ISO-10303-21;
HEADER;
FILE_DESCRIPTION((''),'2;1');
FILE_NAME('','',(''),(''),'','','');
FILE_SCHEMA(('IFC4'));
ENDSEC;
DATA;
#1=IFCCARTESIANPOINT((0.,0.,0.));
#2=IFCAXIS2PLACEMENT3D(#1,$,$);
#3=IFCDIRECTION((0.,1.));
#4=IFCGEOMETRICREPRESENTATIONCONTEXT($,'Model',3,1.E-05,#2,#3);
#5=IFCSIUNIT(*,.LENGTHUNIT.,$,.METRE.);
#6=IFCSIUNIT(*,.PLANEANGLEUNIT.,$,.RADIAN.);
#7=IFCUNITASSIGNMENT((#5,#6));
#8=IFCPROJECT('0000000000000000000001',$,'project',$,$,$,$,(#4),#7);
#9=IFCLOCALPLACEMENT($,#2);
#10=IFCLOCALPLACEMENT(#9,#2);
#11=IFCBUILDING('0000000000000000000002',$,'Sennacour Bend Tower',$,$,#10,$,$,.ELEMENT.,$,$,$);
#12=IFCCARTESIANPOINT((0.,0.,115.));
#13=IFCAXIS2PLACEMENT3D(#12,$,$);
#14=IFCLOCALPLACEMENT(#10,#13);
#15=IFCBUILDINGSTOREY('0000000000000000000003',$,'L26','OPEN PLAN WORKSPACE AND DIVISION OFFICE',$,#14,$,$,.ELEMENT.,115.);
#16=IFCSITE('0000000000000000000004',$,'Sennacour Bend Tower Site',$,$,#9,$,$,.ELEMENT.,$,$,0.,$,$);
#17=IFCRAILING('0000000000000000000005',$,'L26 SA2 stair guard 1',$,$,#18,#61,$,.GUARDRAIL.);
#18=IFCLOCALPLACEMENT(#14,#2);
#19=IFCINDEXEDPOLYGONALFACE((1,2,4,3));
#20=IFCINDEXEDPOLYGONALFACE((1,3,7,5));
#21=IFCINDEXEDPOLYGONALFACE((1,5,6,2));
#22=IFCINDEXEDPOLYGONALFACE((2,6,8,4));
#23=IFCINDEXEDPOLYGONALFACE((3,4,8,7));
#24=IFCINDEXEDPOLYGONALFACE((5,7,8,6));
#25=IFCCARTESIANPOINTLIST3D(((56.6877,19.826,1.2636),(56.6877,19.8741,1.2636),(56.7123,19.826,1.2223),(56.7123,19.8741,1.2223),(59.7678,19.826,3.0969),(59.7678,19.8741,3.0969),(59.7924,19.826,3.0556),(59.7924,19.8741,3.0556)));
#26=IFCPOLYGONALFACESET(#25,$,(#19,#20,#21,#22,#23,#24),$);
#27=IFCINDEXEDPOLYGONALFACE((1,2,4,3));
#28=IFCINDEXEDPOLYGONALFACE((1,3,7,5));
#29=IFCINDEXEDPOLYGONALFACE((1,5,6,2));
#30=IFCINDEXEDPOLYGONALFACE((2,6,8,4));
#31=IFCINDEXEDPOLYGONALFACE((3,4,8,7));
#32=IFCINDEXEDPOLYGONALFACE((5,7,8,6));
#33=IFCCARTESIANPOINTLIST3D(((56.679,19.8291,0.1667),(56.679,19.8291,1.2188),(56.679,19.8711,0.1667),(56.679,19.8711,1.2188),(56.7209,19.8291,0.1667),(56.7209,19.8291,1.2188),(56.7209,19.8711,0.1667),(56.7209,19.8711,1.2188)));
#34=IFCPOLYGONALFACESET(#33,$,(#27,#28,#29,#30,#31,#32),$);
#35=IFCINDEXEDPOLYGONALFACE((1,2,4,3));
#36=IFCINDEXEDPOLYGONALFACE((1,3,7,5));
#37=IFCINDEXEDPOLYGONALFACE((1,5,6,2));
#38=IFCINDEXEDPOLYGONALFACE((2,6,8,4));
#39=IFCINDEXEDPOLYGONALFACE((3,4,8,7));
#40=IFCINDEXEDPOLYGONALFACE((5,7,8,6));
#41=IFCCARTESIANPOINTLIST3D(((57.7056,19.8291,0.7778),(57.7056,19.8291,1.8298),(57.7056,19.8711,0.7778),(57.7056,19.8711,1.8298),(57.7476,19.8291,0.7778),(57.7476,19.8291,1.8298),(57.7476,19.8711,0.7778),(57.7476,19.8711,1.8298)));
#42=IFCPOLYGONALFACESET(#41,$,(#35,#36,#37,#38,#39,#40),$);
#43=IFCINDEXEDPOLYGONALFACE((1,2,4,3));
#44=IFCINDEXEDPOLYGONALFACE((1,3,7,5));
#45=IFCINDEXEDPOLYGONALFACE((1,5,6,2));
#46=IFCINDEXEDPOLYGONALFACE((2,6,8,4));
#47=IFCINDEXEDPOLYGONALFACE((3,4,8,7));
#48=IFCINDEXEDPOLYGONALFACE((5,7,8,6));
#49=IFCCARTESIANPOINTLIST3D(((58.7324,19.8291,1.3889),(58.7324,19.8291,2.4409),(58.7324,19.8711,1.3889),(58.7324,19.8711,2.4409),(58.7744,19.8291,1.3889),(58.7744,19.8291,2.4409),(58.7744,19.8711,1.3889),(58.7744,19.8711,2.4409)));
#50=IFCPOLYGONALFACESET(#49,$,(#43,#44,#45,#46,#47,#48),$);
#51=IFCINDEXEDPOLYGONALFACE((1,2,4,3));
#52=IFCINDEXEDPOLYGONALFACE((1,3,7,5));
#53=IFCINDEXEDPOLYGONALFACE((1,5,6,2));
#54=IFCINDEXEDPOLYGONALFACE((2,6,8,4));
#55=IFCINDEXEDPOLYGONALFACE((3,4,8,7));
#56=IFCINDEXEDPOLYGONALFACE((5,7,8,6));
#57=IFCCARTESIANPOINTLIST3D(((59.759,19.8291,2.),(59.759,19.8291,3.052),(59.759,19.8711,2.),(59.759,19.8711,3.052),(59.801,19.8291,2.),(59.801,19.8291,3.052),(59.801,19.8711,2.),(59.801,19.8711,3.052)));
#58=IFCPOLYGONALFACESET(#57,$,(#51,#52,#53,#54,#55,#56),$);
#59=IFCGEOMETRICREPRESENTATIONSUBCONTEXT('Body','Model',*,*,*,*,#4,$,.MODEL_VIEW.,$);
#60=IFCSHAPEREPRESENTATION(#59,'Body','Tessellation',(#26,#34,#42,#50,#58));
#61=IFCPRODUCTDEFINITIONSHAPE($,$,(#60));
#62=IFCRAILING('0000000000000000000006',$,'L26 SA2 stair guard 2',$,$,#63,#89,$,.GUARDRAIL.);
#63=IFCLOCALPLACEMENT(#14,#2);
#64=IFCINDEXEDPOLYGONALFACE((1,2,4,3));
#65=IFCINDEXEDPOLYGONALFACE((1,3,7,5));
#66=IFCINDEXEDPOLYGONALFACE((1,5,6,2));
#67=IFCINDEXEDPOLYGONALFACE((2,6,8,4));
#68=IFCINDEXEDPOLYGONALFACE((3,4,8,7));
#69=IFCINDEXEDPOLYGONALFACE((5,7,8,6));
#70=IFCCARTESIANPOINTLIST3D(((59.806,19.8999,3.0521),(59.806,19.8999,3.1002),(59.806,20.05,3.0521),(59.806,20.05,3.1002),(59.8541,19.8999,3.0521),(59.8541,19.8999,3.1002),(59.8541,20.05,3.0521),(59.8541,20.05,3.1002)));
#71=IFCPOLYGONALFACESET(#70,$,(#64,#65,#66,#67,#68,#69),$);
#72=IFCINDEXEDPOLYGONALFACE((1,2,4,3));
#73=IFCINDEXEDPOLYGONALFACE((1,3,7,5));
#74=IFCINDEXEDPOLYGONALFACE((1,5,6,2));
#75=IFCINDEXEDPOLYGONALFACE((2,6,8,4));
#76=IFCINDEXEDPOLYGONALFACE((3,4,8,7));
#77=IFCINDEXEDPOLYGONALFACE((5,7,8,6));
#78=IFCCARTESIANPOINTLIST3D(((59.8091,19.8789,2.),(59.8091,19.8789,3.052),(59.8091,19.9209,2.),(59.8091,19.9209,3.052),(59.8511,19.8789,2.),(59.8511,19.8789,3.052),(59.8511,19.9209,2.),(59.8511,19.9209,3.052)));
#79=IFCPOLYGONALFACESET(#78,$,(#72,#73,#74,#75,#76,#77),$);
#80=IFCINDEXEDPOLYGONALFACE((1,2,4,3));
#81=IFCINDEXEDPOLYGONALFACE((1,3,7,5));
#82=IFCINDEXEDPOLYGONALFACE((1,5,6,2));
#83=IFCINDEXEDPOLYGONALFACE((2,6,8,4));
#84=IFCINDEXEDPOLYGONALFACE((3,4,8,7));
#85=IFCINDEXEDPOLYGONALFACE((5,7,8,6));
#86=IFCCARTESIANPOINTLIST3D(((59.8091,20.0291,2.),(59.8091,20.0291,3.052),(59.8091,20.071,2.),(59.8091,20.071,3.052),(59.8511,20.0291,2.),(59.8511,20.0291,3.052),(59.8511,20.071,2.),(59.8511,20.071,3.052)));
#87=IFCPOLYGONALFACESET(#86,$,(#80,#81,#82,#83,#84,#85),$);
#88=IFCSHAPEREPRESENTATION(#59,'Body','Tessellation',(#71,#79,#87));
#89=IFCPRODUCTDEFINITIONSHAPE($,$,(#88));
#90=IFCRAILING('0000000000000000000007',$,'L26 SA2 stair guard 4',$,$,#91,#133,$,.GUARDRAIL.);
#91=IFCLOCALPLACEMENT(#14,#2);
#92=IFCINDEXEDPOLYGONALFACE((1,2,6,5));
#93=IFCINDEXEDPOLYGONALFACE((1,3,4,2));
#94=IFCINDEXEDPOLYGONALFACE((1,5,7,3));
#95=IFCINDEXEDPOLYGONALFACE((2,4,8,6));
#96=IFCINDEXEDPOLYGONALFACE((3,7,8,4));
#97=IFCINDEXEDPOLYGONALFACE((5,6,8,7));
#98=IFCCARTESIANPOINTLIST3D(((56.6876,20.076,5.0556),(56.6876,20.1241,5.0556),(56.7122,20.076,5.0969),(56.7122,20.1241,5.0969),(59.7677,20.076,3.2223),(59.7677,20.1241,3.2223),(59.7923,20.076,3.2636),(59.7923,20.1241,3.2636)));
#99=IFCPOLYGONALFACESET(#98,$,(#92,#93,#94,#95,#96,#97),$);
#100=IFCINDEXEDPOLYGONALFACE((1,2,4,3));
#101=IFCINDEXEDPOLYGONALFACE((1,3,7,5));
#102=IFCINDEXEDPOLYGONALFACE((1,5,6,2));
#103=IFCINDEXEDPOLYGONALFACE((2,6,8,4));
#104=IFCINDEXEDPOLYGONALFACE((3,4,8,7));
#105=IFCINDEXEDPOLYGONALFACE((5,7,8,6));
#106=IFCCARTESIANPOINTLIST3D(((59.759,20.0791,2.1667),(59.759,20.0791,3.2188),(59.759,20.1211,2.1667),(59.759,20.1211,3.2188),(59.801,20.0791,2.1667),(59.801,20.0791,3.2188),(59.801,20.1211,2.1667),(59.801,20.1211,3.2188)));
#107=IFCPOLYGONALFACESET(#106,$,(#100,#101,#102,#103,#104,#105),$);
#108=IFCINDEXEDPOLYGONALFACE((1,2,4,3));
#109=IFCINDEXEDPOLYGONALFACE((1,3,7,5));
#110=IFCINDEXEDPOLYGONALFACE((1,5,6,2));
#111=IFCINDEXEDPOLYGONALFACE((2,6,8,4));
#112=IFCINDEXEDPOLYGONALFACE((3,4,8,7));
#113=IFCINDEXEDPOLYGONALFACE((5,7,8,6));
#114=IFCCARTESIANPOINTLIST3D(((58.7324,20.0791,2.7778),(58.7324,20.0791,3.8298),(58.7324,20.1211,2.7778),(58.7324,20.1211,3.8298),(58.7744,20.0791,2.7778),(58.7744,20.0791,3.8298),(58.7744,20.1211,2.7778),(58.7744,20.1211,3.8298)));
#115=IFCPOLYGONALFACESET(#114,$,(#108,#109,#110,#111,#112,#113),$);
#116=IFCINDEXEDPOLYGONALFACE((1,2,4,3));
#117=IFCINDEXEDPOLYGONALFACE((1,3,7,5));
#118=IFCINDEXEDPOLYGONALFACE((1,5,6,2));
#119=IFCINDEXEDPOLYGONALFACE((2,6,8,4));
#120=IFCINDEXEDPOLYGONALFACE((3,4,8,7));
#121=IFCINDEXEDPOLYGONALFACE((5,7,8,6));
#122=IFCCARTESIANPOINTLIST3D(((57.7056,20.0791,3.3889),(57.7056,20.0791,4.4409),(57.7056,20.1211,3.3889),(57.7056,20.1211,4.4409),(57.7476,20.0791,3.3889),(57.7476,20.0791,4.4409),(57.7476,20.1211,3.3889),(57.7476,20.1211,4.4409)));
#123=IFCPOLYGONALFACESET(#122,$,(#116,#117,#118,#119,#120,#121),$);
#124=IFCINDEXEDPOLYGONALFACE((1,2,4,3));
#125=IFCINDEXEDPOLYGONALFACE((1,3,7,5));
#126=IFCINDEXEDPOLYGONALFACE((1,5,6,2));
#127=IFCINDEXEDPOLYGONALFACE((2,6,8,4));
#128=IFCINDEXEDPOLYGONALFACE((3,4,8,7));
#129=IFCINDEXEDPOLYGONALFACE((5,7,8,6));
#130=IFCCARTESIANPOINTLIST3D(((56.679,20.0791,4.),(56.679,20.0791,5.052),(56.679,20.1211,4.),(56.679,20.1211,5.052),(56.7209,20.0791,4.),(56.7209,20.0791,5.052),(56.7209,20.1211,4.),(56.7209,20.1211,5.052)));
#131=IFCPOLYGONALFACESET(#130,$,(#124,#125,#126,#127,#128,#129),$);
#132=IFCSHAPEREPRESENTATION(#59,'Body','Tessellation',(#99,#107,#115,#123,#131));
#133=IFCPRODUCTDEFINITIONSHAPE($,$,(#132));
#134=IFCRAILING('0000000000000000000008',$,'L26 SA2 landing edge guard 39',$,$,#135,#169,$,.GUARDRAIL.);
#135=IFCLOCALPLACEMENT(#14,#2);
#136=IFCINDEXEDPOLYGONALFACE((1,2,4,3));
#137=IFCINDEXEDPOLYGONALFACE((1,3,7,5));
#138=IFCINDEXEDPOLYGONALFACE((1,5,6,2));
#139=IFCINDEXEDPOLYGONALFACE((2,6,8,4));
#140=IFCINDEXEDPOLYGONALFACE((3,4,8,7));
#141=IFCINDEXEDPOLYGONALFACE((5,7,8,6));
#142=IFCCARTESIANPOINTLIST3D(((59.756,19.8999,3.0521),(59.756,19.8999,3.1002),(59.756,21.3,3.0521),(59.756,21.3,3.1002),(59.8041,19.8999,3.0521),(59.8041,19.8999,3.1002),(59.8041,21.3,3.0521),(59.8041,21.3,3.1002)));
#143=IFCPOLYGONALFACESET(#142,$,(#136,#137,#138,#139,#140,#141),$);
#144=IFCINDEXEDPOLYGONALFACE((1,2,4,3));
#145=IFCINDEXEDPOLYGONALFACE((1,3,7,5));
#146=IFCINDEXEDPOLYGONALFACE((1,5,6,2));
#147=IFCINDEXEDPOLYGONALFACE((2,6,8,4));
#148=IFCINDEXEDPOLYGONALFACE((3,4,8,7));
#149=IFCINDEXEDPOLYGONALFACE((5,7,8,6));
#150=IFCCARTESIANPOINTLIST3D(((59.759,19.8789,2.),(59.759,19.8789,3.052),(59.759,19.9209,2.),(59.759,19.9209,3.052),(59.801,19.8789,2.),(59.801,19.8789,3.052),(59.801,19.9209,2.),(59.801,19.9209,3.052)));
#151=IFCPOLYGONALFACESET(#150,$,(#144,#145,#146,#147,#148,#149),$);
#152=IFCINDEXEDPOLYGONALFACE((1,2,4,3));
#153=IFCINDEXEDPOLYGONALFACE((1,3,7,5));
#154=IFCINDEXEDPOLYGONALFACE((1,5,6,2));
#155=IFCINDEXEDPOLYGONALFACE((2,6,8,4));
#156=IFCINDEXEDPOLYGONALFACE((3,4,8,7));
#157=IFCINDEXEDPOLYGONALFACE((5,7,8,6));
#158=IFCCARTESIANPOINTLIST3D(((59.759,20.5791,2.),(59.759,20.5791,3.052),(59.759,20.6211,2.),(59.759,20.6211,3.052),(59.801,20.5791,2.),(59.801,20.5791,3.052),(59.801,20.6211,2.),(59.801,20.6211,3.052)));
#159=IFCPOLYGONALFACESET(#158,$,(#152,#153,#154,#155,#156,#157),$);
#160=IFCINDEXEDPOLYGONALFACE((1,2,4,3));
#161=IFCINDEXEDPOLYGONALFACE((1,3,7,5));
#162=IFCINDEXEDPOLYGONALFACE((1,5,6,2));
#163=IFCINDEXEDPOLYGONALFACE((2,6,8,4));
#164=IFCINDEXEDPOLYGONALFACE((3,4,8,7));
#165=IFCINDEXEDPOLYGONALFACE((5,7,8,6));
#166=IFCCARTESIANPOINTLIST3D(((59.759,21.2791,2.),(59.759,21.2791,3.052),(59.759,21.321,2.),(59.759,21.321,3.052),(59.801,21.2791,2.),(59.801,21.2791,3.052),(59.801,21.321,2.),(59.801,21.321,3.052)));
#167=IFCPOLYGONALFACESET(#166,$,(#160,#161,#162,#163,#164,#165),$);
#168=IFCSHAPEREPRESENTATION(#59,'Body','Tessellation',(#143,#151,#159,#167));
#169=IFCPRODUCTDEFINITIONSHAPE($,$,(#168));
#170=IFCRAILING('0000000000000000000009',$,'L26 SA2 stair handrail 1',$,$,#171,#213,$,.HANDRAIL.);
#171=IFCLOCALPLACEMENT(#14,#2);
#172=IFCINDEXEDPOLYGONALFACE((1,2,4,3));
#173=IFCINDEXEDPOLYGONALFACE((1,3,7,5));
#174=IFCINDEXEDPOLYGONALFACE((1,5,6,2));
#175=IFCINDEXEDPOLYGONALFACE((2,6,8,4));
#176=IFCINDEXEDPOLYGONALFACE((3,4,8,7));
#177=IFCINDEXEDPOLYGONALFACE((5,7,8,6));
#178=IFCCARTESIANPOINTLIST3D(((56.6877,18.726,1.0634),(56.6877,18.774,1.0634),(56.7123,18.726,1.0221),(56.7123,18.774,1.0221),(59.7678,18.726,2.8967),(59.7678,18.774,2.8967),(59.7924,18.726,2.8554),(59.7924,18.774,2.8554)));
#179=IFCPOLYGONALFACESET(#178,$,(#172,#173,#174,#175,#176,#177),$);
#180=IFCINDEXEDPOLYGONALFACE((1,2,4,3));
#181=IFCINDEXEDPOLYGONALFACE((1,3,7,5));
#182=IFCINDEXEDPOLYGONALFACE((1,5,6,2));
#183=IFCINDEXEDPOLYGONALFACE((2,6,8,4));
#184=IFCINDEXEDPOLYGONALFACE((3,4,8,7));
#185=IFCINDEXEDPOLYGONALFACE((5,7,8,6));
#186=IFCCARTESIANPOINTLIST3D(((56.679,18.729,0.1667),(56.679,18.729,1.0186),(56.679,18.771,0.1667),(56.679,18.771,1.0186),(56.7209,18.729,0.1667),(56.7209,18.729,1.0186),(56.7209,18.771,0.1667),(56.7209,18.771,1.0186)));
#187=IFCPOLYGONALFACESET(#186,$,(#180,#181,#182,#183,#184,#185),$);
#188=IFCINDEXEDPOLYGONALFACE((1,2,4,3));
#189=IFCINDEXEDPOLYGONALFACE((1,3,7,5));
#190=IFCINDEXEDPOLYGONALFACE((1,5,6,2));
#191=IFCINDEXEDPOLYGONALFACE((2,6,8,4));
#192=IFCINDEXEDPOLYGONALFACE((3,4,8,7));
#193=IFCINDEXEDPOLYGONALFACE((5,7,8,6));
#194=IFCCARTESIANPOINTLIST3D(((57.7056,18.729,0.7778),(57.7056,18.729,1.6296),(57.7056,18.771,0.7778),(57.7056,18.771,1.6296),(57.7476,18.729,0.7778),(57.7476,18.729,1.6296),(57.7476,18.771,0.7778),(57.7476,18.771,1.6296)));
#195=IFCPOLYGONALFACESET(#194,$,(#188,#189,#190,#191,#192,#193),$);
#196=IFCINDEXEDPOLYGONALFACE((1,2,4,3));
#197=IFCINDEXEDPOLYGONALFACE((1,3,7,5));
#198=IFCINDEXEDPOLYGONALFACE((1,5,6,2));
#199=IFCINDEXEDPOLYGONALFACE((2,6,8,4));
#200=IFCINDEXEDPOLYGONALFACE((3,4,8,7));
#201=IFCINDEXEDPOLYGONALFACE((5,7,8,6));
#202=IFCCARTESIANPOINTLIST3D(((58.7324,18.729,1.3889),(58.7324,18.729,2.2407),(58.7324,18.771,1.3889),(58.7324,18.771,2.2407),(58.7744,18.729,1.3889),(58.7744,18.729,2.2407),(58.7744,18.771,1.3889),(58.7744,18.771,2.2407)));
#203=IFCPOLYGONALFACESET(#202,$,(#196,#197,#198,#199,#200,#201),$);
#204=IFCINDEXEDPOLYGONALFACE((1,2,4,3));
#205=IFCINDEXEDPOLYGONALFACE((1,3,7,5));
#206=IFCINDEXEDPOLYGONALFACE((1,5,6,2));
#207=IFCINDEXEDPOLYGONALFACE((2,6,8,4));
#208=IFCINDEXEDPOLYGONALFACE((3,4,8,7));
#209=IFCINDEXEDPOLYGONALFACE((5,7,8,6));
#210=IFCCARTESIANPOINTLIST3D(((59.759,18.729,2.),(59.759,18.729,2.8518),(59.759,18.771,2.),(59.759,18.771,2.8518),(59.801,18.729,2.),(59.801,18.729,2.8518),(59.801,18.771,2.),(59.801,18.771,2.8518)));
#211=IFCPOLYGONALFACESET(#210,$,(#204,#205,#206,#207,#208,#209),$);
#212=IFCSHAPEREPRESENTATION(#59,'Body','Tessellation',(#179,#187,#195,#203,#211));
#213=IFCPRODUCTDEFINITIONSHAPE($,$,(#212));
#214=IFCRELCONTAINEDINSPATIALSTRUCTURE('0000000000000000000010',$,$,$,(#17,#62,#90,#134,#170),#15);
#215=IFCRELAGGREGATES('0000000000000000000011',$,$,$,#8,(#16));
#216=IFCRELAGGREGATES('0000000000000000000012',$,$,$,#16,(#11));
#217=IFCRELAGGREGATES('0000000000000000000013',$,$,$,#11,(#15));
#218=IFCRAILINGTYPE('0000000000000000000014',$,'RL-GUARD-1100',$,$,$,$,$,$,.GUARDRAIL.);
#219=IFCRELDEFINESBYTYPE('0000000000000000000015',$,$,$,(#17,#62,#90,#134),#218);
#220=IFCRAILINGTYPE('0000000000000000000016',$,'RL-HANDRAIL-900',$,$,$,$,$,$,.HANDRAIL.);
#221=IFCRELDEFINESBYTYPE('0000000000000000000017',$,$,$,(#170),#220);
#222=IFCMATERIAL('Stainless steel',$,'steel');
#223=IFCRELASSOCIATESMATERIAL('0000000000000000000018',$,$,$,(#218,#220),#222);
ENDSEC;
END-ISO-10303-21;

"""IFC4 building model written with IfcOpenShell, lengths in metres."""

from ifc_helpers import new_model, si_unit, direction, frame, origin, origin_2d, place, context, subcontext, project, spatial, rectangle, extrude, material, type_object, element, save


model = new_model("IFC4")

# Units and contexts
model_context = context("Model", 3, precision=1e-05, world=origin(), true_north=direction((0.0, 1.0)))
body_context = subcontext(model_context, "Body", "Model", "MODEL_VIEW")
ifc_project = project(units=[si_unit("LENGTHUNIT", "METRE"), si_unit("PLANEANGLEUNIT", "RADIAN")], contexts=[model_context])

# Site, building, storey
site_placement = place(None, origin())
site = spatial("IfcSite", under=ifc_project, at=site_placement, Name="Sennacour Bend Tower Site", CompositionType="ELEMENT", RefElevation=0.0)
building_placement = place(site_placement, origin())
building = spatial("IfcBuilding", under=site, at=building_placement, Name="Sennacour Bend Tower", CompositionType="ELEMENT")
storey_placement = place(building_placement, frame((0.0, 0.0, 115.0)))
storey = spatial("IfcBuildingStorey", under=building, at=storey_placement, Name="L26", Description="OPEN PLAN WORKSPACE AND DIVISION OFFICE", CompositionType="ELEMENT", Elevation=115.0)

# Shared definitions
ifc_material_1 = material(Name="Stainless steel", Category="steel")

# Railings
railing_type_1 = type_object("IfcRailingType", Name="RL-GUARD-1100", PredefinedType="GUARDRAIL", material=ifc_material_1)
railing_1_placement = place(storey_placement, frame((56.7, 19.8501, 0.1667)))
element("IfcRailing", 1, at=railing_1_placement, inside=storey, type_object=railing_type_1, Name="L26 SA2 stair guard 1", PredefinedType="GUARDRAIL", context=body_context, shape_type="SweptSolid", body=[
    extrude(rectangle(XDim=0.0481, YDim=0.0481, at=origin_2d()), frame((0.0, 0.0, 1.0762), z_axis=(0.859309, 0.0, 0.511458), x_axis=(0.0, 1.0, 0.0)), (0.0, 0.0, 1.0), 3.5845),
    extrude(rectangle(XDim=0.042, YDim=0.042, at=origin_2d()), origin(), (0.0, 0.0, 1.0), 1.052),
    extrude(rectangle(XDim=0.042, YDim=0.042, at=origin_2d()), frame((1.0266, 0.0, 0.6111)), (0.0, 0.0, 1.0), 1.052),
    extrude(rectangle(XDim=0.042, YDim=0.042, at=origin_2d()), frame((2.0535, 0.0, 1.2222)), (0.0, 0.0, 1.0), 1.052),
    extrude(rectangle(XDim=0.042, YDim=0.042, at=origin_2d()), frame((3.0801, 0.0, 1.8333)), (0.0, 0.0, 1.0), 1.052),
])
railing_2_placement = place(storey_placement, frame((59.8301, 19.8999, 2.0)))
element("IfcRailing", 2, at=railing_2_placement, inside=storey, type_object=railing_type_1, Name="L26 SA2 stair guard 2", PredefinedType="GUARDRAIL", context=body_context, shape_type="SweptSolid", body=[
    extrude(rectangle(XDim=0.0481, YDim=0.0481, at=origin_2d()), frame((0.0, 0.0, 1.0762), z_axis=(0.0, 1.0, 0.0), x_axis=(-1.0, 0.0, 0.0)), (0.0, 0.0, 1.0), 0.1501),
    extrude(rectangle(XDim=0.042, YDim=0.042, at=origin_2d()), origin(), (0.0, 0.0, 1.0), 1.052),
    extrude(rectangle(XDim=0.042, YDim=0.042, at=origin_2d()), frame((0.0, 0.1501, 0.0)), (0.0, 0.0, 1.0), 1.052),
])
railing_3_placement = place(storey_placement, frame((59.78, 20.1001, 2.1667)))
element("IfcRailing", 3, at=railing_3_placement, inside=storey, type_object=railing_type_1, Name="L26 SA2 stair guard 4", PredefinedType="GUARDRAIL", context=body_context, shape_type="SweptSolid", body=[
    extrude(rectangle(XDim=0.0481, YDim=0.0481, at=origin_2d()), frame((0.0, 0.0, 1.0762), z_axis=(-0.859309, 0.0, 0.511458), x_axis=(0.0, -1.0, 0.0)), (0.0, 0.0, 1.0), 3.5845),
    extrude(rectangle(XDim=0.042, YDim=0.042, at=origin_2d()), origin(), (0.0, 0.0, 1.0), 1.052),
    extrude(rectangle(XDim=0.042, YDim=0.042, at=origin_2d()), frame((-1.0266, 0.0, 0.6111)), (0.0, 0.0, 1.0), 1.052),
    extrude(rectangle(XDim=0.042, YDim=0.042, at=origin_2d()), frame((-2.0535, 0.0, 1.2222)), (0.0, 0.0, 1.0), 1.052),
    extrude(rectangle(XDim=0.042, YDim=0.042, at=origin_2d()), frame((-3.0801, 0.0, 1.8333)), (0.0, 0.0, 1.0), 1.052),
])
railing_4_placement = place(storey_placement, frame((59.78, 19.8999, 2.0)))
element("IfcRailing", 4, at=railing_4_placement, inside=storey, type_object=railing_type_1, Name="L26 SA2 landing edge guard 39", PredefinedType="GUARDRAIL", context=body_context, shape_type="SweptSolid", body=[
    extrude(rectangle(XDim=0.0481, YDim=0.0481, at=origin_2d()), frame((0.0, 0.0, 1.0762), z_axis=(0.0, 1.0, 0.0), x_axis=(-1.0, 0.0, 0.0)), (0.0, 0.0, 1.0), 1.4001),
    extrude(rectangle(XDim=0.042, YDim=0.042, at=origin_2d()), origin(), (0.0, 0.0, 1.0), 1.052),
    extrude(rectangle(XDim=0.042, YDim=0.042, at=origin_2d()), frame((0.0, 0.7002, 0.0)), (0.0, 0.0, 1.0), 1.052),
    extrude(rectangle(XDim=0.042, YDim=0.042, at=origin_2d()), frame((0.0, 1.4001, 0.0)), (0.0, 0.0, 1.0), 1.052),
])
railing_type_2 = type_object("IfcRailingType", Name="RL-HANDRAIL-900", PredefinedType="HANDRAIL", material=ifc_material_1)
railing_5_placement = place(storey_placement, frame((56.7, 18.75, 0.1667)))
element("IfcRailing", 5, at=railing_5_placement, inside=storey, type_object=railing_type_2, Name="L26 SA2 stair handrail 1", PredefinedType="HANDRAIL", context=body_context, shape_type="SweptSolid", body=[
    extrude(rectangle(XDim=0.0481, YDim=0.0481, at=origin_2d()), frame((0.0, 0.0, 0.876), z_axis=(0.859309, 0.0, 0.511458), x_axis=(0.0, 1.0, 0.0)), (0.0, 0.0, 1.0), 3.5845),
    extrude(rectangle(XDim=0.042, YDim=0.042, at=origin_2d()), origin(), (0.0, 0.0, 1.0), 0.8518),
    extrude(rectangle(XDim=0.042, YDim=0.042, at=origin_2d()), frame((1.0266, 0.0, 0.6111)), (0.0, 0.0, 1.0), 0.8518),
    extrude(rectangle(XDim=0.042, YDim=0.042, at=origin_2d()), frame((2.0535, 0.0, 1.2222)), (0.0, 0.0, 1.0), 0.8518),
    extrude(rectangle(XDim=0.042, YDim=0.042, at=origin_2d()), frame((3.0801, 0.0, 1.8333)), (0.0, 0.0, 1.0), 0.8518),
])

save(model, "model.ifc")
